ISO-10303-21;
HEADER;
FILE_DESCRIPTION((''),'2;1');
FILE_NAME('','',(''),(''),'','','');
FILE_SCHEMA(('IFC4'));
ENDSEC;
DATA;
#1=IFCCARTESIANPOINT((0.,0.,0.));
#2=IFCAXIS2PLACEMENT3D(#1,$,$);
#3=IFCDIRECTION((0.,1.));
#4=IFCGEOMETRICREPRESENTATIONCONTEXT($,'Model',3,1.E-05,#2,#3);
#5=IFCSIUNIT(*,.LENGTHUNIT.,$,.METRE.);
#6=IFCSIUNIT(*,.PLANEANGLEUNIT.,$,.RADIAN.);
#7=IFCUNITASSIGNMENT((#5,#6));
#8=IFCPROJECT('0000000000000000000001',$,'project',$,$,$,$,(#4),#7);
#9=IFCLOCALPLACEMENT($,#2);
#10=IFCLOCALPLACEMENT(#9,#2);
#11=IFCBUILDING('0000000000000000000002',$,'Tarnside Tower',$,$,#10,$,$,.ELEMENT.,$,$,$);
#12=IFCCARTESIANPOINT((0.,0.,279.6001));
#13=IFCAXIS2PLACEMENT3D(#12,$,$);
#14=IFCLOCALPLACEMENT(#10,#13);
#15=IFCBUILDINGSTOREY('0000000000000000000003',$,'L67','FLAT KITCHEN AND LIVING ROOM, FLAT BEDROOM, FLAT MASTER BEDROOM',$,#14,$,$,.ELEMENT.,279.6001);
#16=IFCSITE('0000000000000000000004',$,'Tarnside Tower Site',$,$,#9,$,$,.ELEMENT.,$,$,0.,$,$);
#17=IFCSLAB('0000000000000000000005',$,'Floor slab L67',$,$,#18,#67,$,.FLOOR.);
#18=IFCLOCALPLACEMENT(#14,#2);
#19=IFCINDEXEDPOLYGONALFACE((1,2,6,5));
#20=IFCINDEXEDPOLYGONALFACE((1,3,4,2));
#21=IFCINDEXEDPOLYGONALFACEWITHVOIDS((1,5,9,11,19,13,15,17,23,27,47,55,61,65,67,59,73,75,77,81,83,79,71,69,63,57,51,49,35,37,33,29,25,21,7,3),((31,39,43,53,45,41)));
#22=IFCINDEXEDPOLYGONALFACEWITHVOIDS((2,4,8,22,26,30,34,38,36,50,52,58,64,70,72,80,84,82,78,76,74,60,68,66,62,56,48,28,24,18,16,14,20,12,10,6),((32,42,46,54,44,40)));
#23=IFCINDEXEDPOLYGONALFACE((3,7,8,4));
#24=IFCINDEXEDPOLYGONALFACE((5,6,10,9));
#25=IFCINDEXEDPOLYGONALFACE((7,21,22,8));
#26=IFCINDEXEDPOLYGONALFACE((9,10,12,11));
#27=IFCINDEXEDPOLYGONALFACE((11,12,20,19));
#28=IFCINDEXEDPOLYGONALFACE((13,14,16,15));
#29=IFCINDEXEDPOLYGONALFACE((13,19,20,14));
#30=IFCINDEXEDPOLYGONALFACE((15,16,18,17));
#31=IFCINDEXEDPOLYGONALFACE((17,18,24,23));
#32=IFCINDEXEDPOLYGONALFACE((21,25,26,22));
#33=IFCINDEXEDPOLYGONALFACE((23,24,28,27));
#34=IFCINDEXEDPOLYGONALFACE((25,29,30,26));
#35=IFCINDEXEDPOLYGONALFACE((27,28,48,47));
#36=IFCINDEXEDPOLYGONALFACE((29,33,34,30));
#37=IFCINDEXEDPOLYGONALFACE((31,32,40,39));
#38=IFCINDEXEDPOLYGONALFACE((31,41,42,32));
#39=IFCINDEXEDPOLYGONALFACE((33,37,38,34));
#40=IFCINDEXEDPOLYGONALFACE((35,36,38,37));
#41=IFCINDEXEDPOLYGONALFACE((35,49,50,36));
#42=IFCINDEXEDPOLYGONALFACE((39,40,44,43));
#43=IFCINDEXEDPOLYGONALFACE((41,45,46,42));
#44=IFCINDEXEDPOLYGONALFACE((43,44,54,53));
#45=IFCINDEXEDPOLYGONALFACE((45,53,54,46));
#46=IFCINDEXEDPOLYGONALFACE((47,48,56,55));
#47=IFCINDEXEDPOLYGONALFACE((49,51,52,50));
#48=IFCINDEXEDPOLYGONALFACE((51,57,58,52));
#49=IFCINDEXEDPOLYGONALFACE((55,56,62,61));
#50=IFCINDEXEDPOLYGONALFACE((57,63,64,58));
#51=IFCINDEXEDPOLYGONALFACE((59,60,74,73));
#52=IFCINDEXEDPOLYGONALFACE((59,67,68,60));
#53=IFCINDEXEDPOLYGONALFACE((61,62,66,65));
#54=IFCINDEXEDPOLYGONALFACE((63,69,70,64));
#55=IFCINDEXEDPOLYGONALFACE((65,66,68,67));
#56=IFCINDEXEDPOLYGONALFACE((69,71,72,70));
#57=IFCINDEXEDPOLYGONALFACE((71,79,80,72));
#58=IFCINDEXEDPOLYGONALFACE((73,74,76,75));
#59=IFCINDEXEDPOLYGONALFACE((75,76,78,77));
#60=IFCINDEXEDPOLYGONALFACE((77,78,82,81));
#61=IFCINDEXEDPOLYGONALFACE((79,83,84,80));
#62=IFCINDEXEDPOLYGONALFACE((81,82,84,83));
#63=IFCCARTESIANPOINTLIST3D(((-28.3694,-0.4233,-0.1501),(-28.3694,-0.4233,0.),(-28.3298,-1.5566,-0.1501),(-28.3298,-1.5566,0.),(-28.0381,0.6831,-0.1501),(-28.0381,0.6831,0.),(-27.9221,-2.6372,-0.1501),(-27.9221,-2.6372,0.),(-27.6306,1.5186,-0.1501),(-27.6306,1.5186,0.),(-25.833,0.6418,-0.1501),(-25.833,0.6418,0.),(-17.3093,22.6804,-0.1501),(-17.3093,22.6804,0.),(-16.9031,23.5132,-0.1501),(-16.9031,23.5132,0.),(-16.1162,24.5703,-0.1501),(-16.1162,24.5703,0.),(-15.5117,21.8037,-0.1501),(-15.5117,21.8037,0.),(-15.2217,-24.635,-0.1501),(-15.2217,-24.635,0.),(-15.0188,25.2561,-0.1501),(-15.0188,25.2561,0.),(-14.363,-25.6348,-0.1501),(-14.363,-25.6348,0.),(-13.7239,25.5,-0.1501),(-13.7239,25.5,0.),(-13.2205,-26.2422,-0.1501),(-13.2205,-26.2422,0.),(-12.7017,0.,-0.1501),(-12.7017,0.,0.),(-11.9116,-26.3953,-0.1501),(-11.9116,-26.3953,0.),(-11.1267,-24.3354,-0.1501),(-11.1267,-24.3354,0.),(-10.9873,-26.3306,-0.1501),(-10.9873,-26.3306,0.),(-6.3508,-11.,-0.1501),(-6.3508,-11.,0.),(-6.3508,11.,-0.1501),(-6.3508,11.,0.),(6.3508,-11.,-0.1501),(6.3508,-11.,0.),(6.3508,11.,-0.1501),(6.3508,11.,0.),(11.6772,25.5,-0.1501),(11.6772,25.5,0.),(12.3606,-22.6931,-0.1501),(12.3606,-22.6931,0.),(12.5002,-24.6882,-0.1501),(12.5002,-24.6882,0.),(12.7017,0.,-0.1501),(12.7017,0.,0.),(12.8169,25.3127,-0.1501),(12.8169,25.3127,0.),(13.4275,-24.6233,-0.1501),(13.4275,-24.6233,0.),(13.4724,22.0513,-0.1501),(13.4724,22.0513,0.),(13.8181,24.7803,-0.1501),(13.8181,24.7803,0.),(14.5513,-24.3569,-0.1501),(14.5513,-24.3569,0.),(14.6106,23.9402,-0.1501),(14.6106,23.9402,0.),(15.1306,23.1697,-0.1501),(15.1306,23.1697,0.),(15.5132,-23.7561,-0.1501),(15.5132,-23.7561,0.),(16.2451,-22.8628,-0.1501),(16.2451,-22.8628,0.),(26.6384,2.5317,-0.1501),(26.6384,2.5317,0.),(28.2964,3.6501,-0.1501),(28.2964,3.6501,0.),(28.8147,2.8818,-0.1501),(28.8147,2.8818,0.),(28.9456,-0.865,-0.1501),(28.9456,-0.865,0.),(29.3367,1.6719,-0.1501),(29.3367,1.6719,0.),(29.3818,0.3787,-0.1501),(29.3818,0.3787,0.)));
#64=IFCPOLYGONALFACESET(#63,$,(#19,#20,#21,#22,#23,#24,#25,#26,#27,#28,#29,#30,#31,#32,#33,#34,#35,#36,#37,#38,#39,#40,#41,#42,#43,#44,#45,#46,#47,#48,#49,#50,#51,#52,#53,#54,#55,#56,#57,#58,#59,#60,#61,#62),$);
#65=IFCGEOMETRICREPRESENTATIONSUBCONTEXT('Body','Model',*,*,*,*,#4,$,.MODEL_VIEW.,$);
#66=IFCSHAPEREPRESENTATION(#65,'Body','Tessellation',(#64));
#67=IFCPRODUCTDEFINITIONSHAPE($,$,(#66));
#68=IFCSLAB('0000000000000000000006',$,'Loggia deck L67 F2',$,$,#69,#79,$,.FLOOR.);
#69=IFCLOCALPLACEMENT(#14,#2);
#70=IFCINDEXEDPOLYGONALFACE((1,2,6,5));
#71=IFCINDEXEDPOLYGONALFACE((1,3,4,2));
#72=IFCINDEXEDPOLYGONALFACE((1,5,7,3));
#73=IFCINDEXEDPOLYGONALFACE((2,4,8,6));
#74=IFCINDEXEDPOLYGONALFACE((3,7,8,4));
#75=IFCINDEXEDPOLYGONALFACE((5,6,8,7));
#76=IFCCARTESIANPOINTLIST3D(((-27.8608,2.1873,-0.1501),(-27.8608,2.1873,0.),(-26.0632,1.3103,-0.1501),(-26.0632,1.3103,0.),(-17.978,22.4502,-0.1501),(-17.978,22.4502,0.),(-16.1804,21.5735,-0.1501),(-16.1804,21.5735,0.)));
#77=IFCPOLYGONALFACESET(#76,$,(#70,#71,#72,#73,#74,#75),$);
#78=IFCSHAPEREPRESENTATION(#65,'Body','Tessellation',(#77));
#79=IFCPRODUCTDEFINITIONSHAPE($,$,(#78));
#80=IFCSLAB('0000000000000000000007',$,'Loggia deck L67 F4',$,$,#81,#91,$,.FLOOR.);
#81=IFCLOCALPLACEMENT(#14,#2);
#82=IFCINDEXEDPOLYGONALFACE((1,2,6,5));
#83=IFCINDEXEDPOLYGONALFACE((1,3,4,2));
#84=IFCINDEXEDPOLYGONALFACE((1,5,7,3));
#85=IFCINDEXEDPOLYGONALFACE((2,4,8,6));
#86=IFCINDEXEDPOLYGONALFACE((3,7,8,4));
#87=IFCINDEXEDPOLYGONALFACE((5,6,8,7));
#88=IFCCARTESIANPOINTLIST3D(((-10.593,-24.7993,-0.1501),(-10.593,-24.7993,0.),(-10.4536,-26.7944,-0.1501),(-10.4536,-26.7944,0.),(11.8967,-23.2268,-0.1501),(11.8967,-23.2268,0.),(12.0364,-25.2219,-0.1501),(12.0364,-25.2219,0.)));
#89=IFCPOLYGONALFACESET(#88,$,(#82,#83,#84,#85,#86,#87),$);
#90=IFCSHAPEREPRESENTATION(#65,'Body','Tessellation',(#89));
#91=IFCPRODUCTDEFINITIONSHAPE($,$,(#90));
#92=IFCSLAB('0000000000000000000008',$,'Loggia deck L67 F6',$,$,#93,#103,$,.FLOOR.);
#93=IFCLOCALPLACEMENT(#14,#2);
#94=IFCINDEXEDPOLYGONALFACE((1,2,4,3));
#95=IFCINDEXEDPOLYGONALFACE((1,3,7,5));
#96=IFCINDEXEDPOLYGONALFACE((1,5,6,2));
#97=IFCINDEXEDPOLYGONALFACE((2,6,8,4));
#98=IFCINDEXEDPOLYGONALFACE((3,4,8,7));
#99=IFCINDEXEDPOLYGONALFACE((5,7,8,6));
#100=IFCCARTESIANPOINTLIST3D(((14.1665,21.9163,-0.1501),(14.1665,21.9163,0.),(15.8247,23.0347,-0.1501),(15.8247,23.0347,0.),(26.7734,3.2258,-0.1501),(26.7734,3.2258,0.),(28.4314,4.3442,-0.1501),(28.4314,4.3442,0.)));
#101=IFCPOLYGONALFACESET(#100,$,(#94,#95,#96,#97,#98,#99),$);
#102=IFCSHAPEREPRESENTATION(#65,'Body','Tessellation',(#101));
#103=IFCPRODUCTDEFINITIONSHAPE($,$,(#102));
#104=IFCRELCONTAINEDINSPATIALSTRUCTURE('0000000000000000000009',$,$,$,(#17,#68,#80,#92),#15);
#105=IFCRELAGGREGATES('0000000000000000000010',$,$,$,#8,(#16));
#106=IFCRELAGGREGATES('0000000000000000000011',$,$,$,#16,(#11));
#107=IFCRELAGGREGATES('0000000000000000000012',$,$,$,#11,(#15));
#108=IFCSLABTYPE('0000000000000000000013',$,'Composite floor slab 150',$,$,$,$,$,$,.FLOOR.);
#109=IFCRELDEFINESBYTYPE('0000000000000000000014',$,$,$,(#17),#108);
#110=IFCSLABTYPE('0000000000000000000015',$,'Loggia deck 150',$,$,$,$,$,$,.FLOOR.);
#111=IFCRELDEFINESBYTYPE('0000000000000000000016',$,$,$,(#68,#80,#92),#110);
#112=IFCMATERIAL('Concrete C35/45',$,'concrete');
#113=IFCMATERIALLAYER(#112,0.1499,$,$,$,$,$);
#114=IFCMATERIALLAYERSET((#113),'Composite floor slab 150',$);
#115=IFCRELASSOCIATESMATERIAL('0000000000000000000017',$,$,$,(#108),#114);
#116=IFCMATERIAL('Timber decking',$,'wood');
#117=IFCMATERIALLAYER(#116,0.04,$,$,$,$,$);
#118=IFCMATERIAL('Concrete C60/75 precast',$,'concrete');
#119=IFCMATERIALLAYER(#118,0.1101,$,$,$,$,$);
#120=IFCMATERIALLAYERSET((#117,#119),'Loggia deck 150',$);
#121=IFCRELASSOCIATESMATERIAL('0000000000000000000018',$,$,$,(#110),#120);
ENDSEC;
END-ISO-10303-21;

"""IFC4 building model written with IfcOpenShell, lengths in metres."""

from ifc_helpers import new_model, si_unit, direction, frame, origin, place, context, subcontext, project, spatial, polyline, outline, extrude, material, layer, layer_set, type_object, element, save


model = new_model("IFC4")

# Units and contexts
model_context = context("Model", 3, precision=1e-05, world=origin(), true_north=direction((0.0, 1.0)))
body_context = subcontext(model_context, "Body", "Model", "MODEL_VIEW")
ifc_project = project(units=[si_unit("LENGTHUNIT", "METRE"), si_unit("PLANEANGLEUNIT", "RADIAN")], contexts=[model_context])

# Site, building, storey
site_placement = place(None, origin())
site = spatial("IfcSite", under=ifc_project, at=site_placement, Name="Tarnside Tower Site", CompositionType="ELEMENT", RefElevation=0.0)
building_placement = place(site_placement, origin())
building = spatial("IfcBuilding", under=site, at=building_placement, Name="Tarnside Tower", CompositionType="ELEMENT")
storey_placement = place(building_placement, frame((0.0, 0.0, 279.6001)))
storey = spatial("IfcBuildingStorey", under=building, at=storey_placement, Name="L67", Description="FLAT KITCHEN AND LIVING ROOM, FLAT BEDROOM, FLAT MASTER BEDROOM", CompositionType="ELEMENT", Elevation=279.6001)

# Slabs
ifc_material_1 = material(Name="Concrete C35/45", Category="concrete")
ifc_layer_1 = layer(ifc_material_1, 0.1499)
ifc_layer_set_1 = layer_set([ifc_layer_1], Name="Composite floor slab 150")
slab_type_1 = type_object("IfcSlabType", Name="Composite floor slab 150", PredefinedType="FLOOR", material=ifc_layer_set_1)
slab_1_placement = place(storey_placement, frame((0.0, 0.0, -0.1501)))
element("IfcSlab", 1, at=slab_1_placement, inside=storey, type_object=slab_type_1, Name="Floor slab L67", PredefinedType="FLOOR", context=body_context, shape_type="SweptSolid", body=[
    extrude(outline(polyline([(12.8169, 25.3127), (13.8181, 24.7803), (14.6106, 23.9402), (15.1306, 23.1697), (13.4724, 22.0513), (26.6384, 2.5317), (28.2964, 3.6501), (28.8147, 2.8818), (29.3367, 1.6719), (29.3818, 0.3787), (28.9456, -0.865), (16.2451, -22.8628), (15.5132, -23.7561), (14.5513, -24.3569), (13.4275, -24.6233), (12.5002, -24.6882), (12.3606, -22.6931), (-11.1267, -24.3354), (-10.9873, -26.3306), (-11.9116, -26.3953), (-13.2205, -26.2422), (-14.363, -25.6348), (-15.2217, -24.635), (-27.9221, -2.6372), (-28.3298, -1.5566), (-28.3694, -0.4233), (-28.0381, 0.6831), (-27.6306, 1.5186), (-25.833, 0.6418), (-15.5117, 21.8037), (-17.3093, 22.6804), (-16.9031, 23.5132), (-16.1162, 24.5703), (-15.0188, 25.2561), (-13.7239, 25.5), (11.6772, 25.5), (12.8169, 25.3127)]), holes=[polyline([(-12.7017, 0.0), (-6.3508, -11.0), (6.3508, -11.0), (12.7017, 0.0), (6.3508, 11.0), (-6.3508, 11.0), (-12.7017, 0.0)])]), origin(), (0.0, 0.0, 1.0), 0.1501),
])
ifc_material_2 = material(Name="Timber decking", Category="wood")
ifc_layer_2 = layer(ifc_material_2, 0.04)
ifc_material_3 = material(Name="Concrete C60/75 precast", Category="concrete")
ifc_layer_3 = layer(ifc_material_3, 0.1101)
ifc_layer_set_2 = layer_set([ifc_layer_2, ifc_layer_3], Name="Loggia deck 150")
slab_type_2 = type_object("IfcSlabType", Name="Loggia deck 150", PredefinedType="FLOOR", material=ifc_layer_set_2)
slab_2_placement = place(storey_placement, frame((0.0, 0.0, -0.1501)))
element("IfcSlab", 2, at=slab_2_placement, inside=storey, type_object=slab_type_2, Name="Loggia deck L67 F2", PredefinedType="FLOOR", context=body_context, shape_type="SweptSolid", body=[
    extrude(outline(polyline([(-16.1804, 21.5735), (-26.0632, 1.3103), (-27.8608, 2.1873), (-17.978, 22.4502), (-16.1804, 21.5735)])), origin(), (0.0, 0.0, 1.0), 0.1501),
])
slab_3_placement = place(storey_placement, frame((0.0, 0.0, -0.1501)))
element("IfcSlab", 3, at=slab_3_placement, inside=storey, type_object=slab_type_2, Name="Loggia deck L67 F4", PredefinedType="FLOOR", context=body_context, shape_type="SweptSolid", body=[
    extrude(outline(polyline([(-10.593, -24.7993), (11.8967, -23.2268), (12.0364, -25.2219), (-10.4536, -26.7944), (-10.593, -24.7993)])), origin(), (0.0, 0.0, 1.0), 0.1501),
])
slab_4_placement = place(storey_placement, frame((0.0, 0.0, -0.1501)))
element("IfcSlab", 4, at=slab_4_placement, inside=storey, type_object=slab_type_2, Name="Loggia deck L67 F6", PredefinedType="FLOOR", context=body_context, shape_type="SweptSolid", body=[
    extrude(outline(polyline([(26.7734, 3.2258), (14.1665, 21.9163), (15.8247, 23.0347), (28.4314, 4.3442), (26.7734, 3.2258)])), origin(), (0.0, 0.0, 1.0), 0.1501),
])

save(model, "model.ifc")
